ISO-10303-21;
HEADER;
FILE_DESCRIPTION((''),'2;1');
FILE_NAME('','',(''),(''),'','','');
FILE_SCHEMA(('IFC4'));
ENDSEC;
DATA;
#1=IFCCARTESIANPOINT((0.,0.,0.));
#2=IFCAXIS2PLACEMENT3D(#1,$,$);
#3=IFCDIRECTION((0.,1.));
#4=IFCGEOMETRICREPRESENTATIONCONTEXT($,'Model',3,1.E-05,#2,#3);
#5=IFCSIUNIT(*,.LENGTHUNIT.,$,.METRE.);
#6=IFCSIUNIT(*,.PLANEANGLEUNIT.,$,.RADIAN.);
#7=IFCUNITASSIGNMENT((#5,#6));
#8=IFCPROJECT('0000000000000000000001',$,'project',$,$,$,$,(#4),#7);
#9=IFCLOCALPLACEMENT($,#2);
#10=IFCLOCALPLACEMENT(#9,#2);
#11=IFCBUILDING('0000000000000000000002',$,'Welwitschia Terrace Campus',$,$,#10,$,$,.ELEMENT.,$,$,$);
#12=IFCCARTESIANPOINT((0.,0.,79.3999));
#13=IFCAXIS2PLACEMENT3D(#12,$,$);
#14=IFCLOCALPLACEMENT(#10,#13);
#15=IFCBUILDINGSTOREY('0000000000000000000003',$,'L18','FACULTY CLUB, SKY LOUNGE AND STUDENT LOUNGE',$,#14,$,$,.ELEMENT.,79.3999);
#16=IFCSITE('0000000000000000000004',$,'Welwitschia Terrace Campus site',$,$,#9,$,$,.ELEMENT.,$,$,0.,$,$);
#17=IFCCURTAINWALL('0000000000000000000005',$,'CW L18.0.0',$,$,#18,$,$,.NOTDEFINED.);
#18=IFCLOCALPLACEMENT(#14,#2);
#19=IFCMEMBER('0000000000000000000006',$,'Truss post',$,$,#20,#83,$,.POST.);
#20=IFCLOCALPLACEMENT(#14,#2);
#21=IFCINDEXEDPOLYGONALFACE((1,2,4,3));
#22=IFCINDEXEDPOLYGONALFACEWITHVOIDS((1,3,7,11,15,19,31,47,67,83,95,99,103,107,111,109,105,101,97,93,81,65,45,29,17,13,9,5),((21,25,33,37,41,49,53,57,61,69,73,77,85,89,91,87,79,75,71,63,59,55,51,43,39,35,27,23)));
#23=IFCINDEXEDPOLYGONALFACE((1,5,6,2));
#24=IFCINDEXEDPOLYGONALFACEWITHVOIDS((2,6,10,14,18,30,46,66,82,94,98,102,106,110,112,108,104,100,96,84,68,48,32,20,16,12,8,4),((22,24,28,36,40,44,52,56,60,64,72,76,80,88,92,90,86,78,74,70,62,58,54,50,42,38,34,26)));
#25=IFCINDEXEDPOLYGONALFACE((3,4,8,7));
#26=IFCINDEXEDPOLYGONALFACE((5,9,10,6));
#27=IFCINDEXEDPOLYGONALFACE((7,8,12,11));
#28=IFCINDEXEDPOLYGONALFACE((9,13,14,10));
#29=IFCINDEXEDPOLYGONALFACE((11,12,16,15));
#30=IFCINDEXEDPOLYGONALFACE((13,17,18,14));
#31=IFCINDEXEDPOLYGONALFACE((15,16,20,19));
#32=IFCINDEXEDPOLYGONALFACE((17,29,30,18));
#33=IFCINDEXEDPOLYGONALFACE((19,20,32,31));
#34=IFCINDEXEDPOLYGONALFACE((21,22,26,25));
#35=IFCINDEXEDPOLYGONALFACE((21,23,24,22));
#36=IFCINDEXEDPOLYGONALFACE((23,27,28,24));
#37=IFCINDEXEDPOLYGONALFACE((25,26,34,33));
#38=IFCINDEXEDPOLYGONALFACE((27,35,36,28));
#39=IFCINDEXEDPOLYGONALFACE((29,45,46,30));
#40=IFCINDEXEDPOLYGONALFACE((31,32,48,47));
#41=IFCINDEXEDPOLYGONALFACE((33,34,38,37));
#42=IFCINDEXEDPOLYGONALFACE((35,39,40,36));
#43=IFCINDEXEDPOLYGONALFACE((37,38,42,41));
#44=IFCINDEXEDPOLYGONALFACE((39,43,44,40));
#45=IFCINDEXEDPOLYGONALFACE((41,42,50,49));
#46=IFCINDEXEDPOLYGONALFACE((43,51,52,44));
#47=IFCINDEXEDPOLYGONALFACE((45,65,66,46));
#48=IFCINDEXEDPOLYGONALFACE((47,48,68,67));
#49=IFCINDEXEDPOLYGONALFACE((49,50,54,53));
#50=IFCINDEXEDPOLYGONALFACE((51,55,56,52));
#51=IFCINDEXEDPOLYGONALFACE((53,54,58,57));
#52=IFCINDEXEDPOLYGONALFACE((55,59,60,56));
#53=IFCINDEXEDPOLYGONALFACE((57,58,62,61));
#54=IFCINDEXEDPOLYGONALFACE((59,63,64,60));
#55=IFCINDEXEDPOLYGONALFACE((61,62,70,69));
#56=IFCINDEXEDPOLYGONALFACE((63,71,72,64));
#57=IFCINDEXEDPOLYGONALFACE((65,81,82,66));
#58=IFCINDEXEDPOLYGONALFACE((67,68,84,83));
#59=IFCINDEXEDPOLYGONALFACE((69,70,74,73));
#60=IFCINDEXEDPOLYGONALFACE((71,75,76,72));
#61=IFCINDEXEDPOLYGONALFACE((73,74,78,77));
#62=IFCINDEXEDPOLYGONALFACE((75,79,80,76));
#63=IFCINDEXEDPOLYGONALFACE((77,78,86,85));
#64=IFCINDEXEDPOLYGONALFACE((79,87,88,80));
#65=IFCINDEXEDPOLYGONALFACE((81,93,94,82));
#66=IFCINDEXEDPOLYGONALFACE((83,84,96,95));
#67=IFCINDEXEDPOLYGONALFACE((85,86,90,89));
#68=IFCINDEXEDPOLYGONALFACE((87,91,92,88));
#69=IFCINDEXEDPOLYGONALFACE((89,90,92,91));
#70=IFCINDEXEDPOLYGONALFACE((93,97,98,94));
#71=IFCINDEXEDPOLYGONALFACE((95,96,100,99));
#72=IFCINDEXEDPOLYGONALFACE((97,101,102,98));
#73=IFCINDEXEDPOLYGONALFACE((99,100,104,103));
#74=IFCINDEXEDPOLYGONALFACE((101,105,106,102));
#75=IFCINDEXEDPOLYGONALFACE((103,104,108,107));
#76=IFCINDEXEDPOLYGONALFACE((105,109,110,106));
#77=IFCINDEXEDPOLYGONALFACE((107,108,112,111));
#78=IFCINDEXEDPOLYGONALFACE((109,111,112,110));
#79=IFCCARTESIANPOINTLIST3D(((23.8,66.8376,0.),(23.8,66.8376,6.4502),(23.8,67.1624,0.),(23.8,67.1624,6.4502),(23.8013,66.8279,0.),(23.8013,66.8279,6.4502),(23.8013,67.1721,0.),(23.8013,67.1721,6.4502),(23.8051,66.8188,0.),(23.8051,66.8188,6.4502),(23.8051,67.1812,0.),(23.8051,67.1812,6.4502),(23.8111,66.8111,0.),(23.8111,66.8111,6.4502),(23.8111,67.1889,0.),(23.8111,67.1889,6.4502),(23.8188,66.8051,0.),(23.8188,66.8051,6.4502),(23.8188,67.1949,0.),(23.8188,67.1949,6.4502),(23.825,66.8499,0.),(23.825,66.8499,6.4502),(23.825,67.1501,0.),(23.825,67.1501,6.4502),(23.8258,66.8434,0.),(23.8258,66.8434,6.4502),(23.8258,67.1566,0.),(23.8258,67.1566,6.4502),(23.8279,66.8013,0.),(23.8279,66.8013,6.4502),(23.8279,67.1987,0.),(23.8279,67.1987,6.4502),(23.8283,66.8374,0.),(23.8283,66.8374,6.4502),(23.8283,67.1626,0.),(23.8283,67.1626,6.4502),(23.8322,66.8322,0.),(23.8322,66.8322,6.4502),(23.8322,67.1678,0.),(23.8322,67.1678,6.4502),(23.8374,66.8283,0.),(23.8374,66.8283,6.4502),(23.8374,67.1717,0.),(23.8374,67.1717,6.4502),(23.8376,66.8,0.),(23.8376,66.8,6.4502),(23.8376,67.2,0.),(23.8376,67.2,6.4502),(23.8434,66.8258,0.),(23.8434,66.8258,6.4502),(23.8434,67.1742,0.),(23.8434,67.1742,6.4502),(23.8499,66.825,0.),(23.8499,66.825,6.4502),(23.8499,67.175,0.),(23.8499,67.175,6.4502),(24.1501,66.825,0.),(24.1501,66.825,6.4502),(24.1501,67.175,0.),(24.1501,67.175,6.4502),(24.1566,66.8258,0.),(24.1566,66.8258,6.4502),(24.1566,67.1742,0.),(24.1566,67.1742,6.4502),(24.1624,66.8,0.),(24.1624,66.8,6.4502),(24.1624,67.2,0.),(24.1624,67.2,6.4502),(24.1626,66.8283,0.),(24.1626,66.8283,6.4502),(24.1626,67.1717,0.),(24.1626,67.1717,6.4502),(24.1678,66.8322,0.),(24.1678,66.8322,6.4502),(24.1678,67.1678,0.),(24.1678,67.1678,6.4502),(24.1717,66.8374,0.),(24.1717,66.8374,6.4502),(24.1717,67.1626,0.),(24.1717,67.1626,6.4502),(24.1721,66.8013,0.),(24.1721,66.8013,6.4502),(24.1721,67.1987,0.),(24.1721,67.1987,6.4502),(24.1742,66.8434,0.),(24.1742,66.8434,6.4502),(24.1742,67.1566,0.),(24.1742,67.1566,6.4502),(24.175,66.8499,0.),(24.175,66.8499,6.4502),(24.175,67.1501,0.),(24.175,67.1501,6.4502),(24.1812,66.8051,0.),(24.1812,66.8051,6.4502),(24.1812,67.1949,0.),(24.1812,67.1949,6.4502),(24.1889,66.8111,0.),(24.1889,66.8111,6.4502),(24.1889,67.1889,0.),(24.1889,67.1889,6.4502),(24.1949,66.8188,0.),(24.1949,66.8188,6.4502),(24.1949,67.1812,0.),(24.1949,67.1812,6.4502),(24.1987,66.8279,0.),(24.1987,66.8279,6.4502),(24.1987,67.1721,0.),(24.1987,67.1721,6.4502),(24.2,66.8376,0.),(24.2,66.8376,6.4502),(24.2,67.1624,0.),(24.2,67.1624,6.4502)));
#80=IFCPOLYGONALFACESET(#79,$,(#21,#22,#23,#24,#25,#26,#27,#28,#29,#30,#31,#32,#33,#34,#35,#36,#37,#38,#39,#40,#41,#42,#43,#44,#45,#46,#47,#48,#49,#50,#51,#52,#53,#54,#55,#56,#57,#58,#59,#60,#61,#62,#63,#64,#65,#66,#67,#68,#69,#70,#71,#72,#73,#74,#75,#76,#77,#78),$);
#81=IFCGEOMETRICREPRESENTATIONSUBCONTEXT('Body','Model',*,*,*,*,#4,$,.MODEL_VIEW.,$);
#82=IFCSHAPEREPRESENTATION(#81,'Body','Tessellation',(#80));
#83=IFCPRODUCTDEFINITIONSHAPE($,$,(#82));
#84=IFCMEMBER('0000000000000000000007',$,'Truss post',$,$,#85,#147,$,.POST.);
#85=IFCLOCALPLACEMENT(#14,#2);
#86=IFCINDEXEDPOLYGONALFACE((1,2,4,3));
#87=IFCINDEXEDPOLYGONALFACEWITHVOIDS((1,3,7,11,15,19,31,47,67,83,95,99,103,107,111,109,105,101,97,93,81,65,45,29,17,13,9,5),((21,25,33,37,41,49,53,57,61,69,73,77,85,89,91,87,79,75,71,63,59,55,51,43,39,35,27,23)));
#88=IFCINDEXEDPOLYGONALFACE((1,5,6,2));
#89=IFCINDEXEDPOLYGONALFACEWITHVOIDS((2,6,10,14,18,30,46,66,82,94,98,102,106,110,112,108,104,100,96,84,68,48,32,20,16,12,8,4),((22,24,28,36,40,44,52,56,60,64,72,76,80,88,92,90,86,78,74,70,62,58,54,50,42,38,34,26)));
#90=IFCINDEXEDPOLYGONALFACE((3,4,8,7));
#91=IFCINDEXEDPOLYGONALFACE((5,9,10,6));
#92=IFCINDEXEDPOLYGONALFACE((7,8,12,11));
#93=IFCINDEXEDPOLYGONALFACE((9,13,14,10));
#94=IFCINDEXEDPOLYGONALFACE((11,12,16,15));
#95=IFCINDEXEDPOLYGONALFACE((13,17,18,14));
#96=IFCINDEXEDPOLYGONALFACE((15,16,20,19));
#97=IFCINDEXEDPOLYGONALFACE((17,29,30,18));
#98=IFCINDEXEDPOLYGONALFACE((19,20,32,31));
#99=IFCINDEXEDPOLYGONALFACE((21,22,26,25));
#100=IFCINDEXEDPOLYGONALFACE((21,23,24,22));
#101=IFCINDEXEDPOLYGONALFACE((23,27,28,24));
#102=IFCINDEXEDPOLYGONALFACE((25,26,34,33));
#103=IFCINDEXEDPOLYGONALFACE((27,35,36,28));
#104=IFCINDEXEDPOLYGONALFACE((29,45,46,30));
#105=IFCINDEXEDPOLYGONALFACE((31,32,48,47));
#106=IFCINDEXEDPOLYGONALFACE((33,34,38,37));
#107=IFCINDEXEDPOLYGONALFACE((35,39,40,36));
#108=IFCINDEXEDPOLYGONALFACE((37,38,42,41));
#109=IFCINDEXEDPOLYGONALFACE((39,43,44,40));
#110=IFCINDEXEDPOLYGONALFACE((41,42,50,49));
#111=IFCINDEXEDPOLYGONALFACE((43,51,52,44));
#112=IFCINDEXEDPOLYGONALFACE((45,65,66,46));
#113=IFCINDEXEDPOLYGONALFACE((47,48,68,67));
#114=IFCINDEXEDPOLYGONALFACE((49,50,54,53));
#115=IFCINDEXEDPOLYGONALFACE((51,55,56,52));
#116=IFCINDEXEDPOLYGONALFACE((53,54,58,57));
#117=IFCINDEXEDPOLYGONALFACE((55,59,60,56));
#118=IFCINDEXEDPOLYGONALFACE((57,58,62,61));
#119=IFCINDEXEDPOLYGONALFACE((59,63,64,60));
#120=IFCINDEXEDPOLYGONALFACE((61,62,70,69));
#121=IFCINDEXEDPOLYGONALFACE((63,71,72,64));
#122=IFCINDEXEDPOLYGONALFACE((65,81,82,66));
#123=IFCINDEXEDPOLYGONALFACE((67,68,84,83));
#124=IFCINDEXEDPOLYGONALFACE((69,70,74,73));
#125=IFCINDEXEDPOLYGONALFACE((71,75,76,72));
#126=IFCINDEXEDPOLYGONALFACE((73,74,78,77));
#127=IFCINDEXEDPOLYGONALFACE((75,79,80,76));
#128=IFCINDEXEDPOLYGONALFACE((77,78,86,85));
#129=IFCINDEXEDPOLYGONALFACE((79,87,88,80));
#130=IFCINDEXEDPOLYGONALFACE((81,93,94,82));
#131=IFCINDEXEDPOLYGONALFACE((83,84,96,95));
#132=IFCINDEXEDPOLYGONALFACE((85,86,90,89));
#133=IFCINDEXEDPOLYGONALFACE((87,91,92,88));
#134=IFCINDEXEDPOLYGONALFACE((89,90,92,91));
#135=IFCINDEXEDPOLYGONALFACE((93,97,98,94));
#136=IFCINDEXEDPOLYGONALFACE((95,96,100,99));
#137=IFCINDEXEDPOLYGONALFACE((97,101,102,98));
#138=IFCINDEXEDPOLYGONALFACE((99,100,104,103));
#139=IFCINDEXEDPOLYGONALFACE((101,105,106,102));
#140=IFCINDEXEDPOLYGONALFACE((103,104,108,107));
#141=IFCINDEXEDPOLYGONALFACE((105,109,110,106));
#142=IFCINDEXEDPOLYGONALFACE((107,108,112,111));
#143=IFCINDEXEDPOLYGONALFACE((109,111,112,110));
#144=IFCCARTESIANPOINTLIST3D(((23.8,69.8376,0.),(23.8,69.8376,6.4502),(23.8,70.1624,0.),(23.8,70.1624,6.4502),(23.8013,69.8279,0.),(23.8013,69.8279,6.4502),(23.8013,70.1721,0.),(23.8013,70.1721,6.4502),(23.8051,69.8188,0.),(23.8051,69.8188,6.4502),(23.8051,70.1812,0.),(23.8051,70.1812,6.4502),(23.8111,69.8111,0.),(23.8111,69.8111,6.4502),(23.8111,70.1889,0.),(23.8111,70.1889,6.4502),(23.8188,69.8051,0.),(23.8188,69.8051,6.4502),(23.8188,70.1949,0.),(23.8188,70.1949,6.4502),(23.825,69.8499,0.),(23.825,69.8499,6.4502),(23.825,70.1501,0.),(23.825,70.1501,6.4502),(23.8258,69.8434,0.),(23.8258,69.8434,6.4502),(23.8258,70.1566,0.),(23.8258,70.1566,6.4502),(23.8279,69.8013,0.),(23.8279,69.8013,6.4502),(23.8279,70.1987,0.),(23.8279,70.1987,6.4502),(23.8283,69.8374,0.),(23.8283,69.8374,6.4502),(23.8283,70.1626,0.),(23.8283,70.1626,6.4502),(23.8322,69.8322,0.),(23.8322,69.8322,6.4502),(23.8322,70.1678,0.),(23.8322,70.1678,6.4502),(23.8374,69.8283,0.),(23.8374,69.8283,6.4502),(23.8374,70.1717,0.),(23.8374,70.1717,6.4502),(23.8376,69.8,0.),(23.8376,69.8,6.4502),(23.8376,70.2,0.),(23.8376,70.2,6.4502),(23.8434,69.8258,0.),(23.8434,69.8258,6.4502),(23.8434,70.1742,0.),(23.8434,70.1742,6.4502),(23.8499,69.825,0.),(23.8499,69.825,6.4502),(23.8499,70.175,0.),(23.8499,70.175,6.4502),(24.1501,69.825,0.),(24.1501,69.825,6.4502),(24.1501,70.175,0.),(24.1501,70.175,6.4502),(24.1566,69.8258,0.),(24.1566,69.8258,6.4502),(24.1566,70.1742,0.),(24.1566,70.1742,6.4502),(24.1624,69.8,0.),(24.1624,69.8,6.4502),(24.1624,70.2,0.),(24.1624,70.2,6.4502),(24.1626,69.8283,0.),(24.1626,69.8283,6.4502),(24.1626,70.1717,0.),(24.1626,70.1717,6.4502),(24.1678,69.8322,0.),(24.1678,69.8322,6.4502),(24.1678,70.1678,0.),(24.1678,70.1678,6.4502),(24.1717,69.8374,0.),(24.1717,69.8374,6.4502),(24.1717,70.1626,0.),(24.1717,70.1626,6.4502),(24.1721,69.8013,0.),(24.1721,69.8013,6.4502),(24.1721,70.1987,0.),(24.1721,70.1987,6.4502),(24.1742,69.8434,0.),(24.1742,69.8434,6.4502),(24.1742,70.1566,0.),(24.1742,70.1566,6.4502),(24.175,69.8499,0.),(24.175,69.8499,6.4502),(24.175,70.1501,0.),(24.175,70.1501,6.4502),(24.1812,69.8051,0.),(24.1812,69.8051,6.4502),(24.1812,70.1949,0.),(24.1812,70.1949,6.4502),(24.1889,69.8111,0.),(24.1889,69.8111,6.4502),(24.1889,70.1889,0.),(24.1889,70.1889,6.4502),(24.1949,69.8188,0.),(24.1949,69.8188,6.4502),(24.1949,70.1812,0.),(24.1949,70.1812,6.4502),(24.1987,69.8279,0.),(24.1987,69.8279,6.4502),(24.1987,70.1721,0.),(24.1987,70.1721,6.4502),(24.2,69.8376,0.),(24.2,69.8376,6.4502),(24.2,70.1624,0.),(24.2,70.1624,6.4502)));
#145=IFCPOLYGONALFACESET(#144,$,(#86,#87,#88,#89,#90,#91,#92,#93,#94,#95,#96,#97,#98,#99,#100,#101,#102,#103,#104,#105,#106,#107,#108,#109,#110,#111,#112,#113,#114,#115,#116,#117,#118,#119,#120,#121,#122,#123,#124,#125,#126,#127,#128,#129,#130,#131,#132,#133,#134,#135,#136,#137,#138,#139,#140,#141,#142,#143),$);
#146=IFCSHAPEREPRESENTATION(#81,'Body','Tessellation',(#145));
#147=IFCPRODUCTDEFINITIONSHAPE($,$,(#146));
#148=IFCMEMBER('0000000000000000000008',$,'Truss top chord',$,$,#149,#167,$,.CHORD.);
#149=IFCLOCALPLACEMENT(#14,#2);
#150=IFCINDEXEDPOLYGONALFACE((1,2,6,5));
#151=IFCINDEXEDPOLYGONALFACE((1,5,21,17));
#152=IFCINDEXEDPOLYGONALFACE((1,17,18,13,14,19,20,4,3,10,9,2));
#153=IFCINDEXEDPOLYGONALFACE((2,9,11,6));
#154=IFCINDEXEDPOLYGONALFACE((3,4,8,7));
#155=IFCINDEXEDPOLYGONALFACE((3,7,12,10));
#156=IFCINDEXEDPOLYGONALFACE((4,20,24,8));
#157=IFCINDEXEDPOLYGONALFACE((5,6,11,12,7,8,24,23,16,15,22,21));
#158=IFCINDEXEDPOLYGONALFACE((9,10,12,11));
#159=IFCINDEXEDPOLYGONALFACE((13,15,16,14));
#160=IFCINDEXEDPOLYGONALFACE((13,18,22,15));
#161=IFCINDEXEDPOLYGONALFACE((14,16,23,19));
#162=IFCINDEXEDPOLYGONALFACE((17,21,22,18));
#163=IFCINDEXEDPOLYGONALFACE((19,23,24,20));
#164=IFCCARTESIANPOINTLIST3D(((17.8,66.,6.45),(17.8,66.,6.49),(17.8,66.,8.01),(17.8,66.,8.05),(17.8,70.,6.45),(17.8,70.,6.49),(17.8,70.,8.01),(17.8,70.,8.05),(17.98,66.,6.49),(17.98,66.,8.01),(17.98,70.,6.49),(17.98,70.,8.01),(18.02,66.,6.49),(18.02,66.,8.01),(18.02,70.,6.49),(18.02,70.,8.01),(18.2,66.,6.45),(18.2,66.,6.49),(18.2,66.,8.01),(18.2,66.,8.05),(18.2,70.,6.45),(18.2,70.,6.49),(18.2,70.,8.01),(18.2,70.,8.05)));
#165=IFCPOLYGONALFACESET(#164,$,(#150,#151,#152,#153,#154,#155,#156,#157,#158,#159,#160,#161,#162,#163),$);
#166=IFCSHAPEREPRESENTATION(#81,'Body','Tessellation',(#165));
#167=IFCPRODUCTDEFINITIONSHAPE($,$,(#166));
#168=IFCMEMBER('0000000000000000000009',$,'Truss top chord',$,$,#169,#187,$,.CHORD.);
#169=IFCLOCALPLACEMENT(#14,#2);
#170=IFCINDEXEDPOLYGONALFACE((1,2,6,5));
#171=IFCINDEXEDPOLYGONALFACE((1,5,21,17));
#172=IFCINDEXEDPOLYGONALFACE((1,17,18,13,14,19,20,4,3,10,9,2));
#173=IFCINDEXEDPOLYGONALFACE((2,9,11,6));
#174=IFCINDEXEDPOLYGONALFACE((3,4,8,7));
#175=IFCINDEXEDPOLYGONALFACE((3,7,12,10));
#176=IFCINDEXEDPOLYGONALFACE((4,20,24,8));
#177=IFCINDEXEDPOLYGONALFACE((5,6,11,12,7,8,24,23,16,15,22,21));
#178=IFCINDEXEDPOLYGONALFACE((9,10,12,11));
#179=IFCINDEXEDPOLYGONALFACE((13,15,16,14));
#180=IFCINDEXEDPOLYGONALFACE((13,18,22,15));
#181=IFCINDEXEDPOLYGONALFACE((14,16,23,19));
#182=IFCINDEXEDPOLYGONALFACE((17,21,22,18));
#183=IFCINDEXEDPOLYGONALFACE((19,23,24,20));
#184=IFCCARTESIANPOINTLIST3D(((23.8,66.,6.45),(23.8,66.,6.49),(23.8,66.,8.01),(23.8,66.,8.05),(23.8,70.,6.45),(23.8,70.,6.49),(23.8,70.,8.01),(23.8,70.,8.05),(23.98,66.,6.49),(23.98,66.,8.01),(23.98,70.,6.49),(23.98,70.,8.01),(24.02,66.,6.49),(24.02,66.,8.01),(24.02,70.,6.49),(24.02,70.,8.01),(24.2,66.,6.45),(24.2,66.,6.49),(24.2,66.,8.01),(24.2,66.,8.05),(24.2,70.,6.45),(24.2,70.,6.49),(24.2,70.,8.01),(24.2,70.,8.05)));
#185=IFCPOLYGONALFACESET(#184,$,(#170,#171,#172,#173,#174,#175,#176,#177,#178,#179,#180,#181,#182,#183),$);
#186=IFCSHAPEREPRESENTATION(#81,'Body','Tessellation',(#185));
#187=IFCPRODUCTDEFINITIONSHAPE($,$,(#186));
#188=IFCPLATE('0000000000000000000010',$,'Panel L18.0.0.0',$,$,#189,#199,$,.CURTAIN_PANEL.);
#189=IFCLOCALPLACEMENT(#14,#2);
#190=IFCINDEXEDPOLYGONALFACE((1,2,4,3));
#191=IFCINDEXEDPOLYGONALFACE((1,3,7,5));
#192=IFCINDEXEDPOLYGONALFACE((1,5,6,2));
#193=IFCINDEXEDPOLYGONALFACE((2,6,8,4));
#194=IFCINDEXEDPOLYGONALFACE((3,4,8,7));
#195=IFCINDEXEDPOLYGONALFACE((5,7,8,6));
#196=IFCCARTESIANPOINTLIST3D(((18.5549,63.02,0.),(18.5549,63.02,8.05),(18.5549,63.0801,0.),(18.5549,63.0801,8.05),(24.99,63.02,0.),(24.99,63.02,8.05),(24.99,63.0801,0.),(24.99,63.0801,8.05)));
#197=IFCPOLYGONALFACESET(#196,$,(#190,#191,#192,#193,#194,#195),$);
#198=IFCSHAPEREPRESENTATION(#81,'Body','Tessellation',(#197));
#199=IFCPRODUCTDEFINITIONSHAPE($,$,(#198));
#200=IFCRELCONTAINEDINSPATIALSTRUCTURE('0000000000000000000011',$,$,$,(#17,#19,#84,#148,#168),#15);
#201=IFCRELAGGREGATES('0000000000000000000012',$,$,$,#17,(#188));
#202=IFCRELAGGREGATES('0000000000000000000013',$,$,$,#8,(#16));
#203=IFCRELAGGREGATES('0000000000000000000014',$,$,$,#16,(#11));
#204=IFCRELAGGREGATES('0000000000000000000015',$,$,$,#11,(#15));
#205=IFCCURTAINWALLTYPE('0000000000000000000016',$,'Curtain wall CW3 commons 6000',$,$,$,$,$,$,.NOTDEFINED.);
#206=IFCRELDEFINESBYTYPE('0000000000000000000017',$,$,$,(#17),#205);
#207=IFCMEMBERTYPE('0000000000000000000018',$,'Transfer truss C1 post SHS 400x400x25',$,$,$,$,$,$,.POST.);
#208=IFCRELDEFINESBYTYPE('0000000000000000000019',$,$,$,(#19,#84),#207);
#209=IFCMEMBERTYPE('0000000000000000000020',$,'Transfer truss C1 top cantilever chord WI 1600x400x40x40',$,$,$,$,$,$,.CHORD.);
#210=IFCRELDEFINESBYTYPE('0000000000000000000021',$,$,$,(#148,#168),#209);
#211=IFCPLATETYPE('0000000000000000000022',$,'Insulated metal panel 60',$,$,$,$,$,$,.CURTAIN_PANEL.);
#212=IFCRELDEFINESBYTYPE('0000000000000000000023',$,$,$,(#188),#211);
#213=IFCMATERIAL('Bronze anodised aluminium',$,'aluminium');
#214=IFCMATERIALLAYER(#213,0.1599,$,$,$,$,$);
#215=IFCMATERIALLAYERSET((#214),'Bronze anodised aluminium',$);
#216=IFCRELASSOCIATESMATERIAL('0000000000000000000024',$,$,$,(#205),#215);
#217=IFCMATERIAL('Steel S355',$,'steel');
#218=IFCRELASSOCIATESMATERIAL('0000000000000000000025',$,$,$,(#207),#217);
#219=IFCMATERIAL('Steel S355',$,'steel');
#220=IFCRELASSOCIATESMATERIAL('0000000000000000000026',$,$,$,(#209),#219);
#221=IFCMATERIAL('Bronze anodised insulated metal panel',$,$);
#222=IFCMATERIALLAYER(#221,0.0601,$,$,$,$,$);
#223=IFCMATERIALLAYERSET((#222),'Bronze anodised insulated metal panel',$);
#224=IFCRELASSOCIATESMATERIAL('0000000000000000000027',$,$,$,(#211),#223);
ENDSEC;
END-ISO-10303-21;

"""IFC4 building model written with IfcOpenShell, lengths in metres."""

from ifc_helpers import new_model, si_unit, direction, frame, origin, origin_2d, place, context, subcontext, project, spatial, rectangle, hollow_rectangle, i_section, extrude, material, layer, layer_set, material_profile, profile_set, type_object, element, aggregate, save


model = new_model("IFC4")

# Units and contexts
model_context = context("Model", 3, precision=1e-05, world=origin(), true_north=direction((0.0, 1.0)))
body_context = subcontext(model_context, "Body", "Model", "MODEL_VIEW")
ifc_project = project(units=[si_unit("LENGTHUNIT", "METRE"), si_unit("PLANEANGLEUNIT", "RADIAN")], contexts=[model_context])

# Site, building, storey
site_placement = place(None, origin())
site = spatial("IfcSite", under=ifc_project, at=site_placement, Name="Welwitschia Terrace Campus site", CompositionType="ELEMENT", RefElevation=0.0)
building_placement = place(site_placement, origin())
building = spatial("IfcBuilding", under=site, at=building_placement, Name="Welwitschia Terrace Campus", CompositionType="ELEMENT")
storey_placement = place(building_placement, frame((0.0, 0.0, 79.3999)))
storey = spatial("IfcBuildingStorey", under=building, at=storey_placement, Name="L18", Description="FACULTY CLUB, SKY LOUNGE AND STUDENT LOUNGE", CompositionType="ELEMENT", Elevation=79.3999)

# Curtain wall
ifc_material_1 = material(Name="Bronze anodised aluminium", Category="aluminium")
ifc_layer_1 = layer(ifc_material_1, 0.1599)
ifc_layer_set_1 = layer_set([ifc_layer_1], Name="Bronze anodised aluminium")
curtain_wall_type = type_object("IfcCurtainWallType", Name="Curtain wall CW3 commons 6000", PredefinedType="NOTDEFINED", material=ifc_layer_set_1)
curtain_wall_1_placement = place(storey_placement, origin())
curtain_wall_1 = element("IfcCurtainWall", 1, at=curtain_wall_1_placement, inside=storey, type_object=curtain_wall_type, Name="CW L18.0.0", PredefinedType="NOTDEFINED")

# Members
ifc_material_2 = material(Name="Steel S355", Category="steel")
ifc_material_profile_1 = material_profile(ifc_material_2, hollow_rectangle(XDim=0.3999, YDim=0.3999, WallThickness=0.0249, InnerFilletRadius=0.0249, OuterFilletRadius=0.0376, at=origin_2d()))
ifc_profile_set_1 = profile_set([ifc_material_profile_1], Name="Steel S355")
member_type_1 = type_object("IfcMemberType", Name="Transfer truss C1 post SHS 400x400x25", PredefinedType="POST", material=ifc_profile_set_1)
for number, where, z_axis, x_axis, name in (
    (2, (24.0, 67.0, 0.0), (0.0, 0.0, 1.0), (1.0, 0.0, 0.0), "Truss post"),
    (3, (24.0, 70.0, 0.0), (0.0, 0.0, 1.0), (1.0, 0.0, 0.0), "Truss post"),
):
    element("IfcMember", number, at=place(storey_placement, frame(where, z_axis=z_axis, x_axis=x_axis)), inside=storey, type_object=member_type_1, Name=name, PredefinedType="POST", context=body_context, shape_type="SweptSolid", body=[
        extrude(hollow_rectangle(XDim=0.3999, YDim=0.3999, WallThickness=0.0249, InnerFilletRadius=0.0249, OuterFilletRadius=0.0376, at=origin_2d()), origin(), (0.0, 0.0, 1.0), 6.4502),
    ])
ifc_material_3 = material(Name="Steel S355", Category="steel")
ifc_material_profile_2 = material_profile(ifc_material_3, i_section(OverallWidth=0.3999, OverallDepth=1.6001, WebThickness=0.04, FlangeThickness=0.04, at=origin_2d()))
ifc_profile_set_2 = profile_set([ifc_material_profile_2], Name="Steel S355")
member_type_2 = type_object("IfcMemberType", Name="Transfer truss C1 top cantilever chord WI 1600x400x40x40", PredefinedType="CHORD", material=ifc_profile_set_2)
for number, where, z_axis, x_axis, name in (
    (4, (18.0, 66.0, 7.25), (0.0, 1.0, 0.0), (-1.0, 0.0, 0.0), "Truss top chord"),
    (5, (24.0, 66.0, 7.25), (0.0, 1.0, 0.0), (-1.0, 0.0, 0.0), "Truss top chord"),
):
    element("IfcMember", number, at=place(storey_placement, frame(where, z_axis=z_axis, x_axis=x_axis)), inside=storey, type_object=member_type_2, Name=name, PredefinedType="CHORD", context=body_context, shape_type="SweptSolid", body=[
        extrude(i_section(OverallWidth=0.3999, OverallDepth=1.6001, WebThickness=0.04, FlangeThickness=0.04, at=origin_2d()), origin(), (0.0, 0.0, 1.0), 4.0),
    ])

# Plate
ifc_material_4 = material(Name="Bronze anodised insulated metal panel")
ifc_layer_2 = layer(ifc_material_4, 0.0601)
ifc_layer_set_2 = layer_set([ifc_layer_2], Name="Bronze anodised insulated metal panel")
plate_type = type_object("IfcPlateType", Name="Insulated metal panel 60", PredefinedType="CURTAIN_PANEL", material=ifc_layer_set_2)
plate_placement = place(storey_placement, frame((21.7725, 63.05, 0.0), z_axis=(0.0, 0.0, 1.0), x_axis=(-1.0, 0.0, 0.0)))
plate = element("IfcPlate", 6, at=plate_placement, type_object=plate_type, Name="Panel L18.0.0.0", PredefinedType="CURTAIN_PANEL", context=body_context, shape_type="SweptSolid", body=[
    extrude(rectangle(XDim=6.4351, YDim=0.0601, at=origin_2d()), origin(), (0.0, 0.0, 1.0), 8.05),
])
aggregate(curtain_wall_1, [plate])

save(model, "model.ifc")
